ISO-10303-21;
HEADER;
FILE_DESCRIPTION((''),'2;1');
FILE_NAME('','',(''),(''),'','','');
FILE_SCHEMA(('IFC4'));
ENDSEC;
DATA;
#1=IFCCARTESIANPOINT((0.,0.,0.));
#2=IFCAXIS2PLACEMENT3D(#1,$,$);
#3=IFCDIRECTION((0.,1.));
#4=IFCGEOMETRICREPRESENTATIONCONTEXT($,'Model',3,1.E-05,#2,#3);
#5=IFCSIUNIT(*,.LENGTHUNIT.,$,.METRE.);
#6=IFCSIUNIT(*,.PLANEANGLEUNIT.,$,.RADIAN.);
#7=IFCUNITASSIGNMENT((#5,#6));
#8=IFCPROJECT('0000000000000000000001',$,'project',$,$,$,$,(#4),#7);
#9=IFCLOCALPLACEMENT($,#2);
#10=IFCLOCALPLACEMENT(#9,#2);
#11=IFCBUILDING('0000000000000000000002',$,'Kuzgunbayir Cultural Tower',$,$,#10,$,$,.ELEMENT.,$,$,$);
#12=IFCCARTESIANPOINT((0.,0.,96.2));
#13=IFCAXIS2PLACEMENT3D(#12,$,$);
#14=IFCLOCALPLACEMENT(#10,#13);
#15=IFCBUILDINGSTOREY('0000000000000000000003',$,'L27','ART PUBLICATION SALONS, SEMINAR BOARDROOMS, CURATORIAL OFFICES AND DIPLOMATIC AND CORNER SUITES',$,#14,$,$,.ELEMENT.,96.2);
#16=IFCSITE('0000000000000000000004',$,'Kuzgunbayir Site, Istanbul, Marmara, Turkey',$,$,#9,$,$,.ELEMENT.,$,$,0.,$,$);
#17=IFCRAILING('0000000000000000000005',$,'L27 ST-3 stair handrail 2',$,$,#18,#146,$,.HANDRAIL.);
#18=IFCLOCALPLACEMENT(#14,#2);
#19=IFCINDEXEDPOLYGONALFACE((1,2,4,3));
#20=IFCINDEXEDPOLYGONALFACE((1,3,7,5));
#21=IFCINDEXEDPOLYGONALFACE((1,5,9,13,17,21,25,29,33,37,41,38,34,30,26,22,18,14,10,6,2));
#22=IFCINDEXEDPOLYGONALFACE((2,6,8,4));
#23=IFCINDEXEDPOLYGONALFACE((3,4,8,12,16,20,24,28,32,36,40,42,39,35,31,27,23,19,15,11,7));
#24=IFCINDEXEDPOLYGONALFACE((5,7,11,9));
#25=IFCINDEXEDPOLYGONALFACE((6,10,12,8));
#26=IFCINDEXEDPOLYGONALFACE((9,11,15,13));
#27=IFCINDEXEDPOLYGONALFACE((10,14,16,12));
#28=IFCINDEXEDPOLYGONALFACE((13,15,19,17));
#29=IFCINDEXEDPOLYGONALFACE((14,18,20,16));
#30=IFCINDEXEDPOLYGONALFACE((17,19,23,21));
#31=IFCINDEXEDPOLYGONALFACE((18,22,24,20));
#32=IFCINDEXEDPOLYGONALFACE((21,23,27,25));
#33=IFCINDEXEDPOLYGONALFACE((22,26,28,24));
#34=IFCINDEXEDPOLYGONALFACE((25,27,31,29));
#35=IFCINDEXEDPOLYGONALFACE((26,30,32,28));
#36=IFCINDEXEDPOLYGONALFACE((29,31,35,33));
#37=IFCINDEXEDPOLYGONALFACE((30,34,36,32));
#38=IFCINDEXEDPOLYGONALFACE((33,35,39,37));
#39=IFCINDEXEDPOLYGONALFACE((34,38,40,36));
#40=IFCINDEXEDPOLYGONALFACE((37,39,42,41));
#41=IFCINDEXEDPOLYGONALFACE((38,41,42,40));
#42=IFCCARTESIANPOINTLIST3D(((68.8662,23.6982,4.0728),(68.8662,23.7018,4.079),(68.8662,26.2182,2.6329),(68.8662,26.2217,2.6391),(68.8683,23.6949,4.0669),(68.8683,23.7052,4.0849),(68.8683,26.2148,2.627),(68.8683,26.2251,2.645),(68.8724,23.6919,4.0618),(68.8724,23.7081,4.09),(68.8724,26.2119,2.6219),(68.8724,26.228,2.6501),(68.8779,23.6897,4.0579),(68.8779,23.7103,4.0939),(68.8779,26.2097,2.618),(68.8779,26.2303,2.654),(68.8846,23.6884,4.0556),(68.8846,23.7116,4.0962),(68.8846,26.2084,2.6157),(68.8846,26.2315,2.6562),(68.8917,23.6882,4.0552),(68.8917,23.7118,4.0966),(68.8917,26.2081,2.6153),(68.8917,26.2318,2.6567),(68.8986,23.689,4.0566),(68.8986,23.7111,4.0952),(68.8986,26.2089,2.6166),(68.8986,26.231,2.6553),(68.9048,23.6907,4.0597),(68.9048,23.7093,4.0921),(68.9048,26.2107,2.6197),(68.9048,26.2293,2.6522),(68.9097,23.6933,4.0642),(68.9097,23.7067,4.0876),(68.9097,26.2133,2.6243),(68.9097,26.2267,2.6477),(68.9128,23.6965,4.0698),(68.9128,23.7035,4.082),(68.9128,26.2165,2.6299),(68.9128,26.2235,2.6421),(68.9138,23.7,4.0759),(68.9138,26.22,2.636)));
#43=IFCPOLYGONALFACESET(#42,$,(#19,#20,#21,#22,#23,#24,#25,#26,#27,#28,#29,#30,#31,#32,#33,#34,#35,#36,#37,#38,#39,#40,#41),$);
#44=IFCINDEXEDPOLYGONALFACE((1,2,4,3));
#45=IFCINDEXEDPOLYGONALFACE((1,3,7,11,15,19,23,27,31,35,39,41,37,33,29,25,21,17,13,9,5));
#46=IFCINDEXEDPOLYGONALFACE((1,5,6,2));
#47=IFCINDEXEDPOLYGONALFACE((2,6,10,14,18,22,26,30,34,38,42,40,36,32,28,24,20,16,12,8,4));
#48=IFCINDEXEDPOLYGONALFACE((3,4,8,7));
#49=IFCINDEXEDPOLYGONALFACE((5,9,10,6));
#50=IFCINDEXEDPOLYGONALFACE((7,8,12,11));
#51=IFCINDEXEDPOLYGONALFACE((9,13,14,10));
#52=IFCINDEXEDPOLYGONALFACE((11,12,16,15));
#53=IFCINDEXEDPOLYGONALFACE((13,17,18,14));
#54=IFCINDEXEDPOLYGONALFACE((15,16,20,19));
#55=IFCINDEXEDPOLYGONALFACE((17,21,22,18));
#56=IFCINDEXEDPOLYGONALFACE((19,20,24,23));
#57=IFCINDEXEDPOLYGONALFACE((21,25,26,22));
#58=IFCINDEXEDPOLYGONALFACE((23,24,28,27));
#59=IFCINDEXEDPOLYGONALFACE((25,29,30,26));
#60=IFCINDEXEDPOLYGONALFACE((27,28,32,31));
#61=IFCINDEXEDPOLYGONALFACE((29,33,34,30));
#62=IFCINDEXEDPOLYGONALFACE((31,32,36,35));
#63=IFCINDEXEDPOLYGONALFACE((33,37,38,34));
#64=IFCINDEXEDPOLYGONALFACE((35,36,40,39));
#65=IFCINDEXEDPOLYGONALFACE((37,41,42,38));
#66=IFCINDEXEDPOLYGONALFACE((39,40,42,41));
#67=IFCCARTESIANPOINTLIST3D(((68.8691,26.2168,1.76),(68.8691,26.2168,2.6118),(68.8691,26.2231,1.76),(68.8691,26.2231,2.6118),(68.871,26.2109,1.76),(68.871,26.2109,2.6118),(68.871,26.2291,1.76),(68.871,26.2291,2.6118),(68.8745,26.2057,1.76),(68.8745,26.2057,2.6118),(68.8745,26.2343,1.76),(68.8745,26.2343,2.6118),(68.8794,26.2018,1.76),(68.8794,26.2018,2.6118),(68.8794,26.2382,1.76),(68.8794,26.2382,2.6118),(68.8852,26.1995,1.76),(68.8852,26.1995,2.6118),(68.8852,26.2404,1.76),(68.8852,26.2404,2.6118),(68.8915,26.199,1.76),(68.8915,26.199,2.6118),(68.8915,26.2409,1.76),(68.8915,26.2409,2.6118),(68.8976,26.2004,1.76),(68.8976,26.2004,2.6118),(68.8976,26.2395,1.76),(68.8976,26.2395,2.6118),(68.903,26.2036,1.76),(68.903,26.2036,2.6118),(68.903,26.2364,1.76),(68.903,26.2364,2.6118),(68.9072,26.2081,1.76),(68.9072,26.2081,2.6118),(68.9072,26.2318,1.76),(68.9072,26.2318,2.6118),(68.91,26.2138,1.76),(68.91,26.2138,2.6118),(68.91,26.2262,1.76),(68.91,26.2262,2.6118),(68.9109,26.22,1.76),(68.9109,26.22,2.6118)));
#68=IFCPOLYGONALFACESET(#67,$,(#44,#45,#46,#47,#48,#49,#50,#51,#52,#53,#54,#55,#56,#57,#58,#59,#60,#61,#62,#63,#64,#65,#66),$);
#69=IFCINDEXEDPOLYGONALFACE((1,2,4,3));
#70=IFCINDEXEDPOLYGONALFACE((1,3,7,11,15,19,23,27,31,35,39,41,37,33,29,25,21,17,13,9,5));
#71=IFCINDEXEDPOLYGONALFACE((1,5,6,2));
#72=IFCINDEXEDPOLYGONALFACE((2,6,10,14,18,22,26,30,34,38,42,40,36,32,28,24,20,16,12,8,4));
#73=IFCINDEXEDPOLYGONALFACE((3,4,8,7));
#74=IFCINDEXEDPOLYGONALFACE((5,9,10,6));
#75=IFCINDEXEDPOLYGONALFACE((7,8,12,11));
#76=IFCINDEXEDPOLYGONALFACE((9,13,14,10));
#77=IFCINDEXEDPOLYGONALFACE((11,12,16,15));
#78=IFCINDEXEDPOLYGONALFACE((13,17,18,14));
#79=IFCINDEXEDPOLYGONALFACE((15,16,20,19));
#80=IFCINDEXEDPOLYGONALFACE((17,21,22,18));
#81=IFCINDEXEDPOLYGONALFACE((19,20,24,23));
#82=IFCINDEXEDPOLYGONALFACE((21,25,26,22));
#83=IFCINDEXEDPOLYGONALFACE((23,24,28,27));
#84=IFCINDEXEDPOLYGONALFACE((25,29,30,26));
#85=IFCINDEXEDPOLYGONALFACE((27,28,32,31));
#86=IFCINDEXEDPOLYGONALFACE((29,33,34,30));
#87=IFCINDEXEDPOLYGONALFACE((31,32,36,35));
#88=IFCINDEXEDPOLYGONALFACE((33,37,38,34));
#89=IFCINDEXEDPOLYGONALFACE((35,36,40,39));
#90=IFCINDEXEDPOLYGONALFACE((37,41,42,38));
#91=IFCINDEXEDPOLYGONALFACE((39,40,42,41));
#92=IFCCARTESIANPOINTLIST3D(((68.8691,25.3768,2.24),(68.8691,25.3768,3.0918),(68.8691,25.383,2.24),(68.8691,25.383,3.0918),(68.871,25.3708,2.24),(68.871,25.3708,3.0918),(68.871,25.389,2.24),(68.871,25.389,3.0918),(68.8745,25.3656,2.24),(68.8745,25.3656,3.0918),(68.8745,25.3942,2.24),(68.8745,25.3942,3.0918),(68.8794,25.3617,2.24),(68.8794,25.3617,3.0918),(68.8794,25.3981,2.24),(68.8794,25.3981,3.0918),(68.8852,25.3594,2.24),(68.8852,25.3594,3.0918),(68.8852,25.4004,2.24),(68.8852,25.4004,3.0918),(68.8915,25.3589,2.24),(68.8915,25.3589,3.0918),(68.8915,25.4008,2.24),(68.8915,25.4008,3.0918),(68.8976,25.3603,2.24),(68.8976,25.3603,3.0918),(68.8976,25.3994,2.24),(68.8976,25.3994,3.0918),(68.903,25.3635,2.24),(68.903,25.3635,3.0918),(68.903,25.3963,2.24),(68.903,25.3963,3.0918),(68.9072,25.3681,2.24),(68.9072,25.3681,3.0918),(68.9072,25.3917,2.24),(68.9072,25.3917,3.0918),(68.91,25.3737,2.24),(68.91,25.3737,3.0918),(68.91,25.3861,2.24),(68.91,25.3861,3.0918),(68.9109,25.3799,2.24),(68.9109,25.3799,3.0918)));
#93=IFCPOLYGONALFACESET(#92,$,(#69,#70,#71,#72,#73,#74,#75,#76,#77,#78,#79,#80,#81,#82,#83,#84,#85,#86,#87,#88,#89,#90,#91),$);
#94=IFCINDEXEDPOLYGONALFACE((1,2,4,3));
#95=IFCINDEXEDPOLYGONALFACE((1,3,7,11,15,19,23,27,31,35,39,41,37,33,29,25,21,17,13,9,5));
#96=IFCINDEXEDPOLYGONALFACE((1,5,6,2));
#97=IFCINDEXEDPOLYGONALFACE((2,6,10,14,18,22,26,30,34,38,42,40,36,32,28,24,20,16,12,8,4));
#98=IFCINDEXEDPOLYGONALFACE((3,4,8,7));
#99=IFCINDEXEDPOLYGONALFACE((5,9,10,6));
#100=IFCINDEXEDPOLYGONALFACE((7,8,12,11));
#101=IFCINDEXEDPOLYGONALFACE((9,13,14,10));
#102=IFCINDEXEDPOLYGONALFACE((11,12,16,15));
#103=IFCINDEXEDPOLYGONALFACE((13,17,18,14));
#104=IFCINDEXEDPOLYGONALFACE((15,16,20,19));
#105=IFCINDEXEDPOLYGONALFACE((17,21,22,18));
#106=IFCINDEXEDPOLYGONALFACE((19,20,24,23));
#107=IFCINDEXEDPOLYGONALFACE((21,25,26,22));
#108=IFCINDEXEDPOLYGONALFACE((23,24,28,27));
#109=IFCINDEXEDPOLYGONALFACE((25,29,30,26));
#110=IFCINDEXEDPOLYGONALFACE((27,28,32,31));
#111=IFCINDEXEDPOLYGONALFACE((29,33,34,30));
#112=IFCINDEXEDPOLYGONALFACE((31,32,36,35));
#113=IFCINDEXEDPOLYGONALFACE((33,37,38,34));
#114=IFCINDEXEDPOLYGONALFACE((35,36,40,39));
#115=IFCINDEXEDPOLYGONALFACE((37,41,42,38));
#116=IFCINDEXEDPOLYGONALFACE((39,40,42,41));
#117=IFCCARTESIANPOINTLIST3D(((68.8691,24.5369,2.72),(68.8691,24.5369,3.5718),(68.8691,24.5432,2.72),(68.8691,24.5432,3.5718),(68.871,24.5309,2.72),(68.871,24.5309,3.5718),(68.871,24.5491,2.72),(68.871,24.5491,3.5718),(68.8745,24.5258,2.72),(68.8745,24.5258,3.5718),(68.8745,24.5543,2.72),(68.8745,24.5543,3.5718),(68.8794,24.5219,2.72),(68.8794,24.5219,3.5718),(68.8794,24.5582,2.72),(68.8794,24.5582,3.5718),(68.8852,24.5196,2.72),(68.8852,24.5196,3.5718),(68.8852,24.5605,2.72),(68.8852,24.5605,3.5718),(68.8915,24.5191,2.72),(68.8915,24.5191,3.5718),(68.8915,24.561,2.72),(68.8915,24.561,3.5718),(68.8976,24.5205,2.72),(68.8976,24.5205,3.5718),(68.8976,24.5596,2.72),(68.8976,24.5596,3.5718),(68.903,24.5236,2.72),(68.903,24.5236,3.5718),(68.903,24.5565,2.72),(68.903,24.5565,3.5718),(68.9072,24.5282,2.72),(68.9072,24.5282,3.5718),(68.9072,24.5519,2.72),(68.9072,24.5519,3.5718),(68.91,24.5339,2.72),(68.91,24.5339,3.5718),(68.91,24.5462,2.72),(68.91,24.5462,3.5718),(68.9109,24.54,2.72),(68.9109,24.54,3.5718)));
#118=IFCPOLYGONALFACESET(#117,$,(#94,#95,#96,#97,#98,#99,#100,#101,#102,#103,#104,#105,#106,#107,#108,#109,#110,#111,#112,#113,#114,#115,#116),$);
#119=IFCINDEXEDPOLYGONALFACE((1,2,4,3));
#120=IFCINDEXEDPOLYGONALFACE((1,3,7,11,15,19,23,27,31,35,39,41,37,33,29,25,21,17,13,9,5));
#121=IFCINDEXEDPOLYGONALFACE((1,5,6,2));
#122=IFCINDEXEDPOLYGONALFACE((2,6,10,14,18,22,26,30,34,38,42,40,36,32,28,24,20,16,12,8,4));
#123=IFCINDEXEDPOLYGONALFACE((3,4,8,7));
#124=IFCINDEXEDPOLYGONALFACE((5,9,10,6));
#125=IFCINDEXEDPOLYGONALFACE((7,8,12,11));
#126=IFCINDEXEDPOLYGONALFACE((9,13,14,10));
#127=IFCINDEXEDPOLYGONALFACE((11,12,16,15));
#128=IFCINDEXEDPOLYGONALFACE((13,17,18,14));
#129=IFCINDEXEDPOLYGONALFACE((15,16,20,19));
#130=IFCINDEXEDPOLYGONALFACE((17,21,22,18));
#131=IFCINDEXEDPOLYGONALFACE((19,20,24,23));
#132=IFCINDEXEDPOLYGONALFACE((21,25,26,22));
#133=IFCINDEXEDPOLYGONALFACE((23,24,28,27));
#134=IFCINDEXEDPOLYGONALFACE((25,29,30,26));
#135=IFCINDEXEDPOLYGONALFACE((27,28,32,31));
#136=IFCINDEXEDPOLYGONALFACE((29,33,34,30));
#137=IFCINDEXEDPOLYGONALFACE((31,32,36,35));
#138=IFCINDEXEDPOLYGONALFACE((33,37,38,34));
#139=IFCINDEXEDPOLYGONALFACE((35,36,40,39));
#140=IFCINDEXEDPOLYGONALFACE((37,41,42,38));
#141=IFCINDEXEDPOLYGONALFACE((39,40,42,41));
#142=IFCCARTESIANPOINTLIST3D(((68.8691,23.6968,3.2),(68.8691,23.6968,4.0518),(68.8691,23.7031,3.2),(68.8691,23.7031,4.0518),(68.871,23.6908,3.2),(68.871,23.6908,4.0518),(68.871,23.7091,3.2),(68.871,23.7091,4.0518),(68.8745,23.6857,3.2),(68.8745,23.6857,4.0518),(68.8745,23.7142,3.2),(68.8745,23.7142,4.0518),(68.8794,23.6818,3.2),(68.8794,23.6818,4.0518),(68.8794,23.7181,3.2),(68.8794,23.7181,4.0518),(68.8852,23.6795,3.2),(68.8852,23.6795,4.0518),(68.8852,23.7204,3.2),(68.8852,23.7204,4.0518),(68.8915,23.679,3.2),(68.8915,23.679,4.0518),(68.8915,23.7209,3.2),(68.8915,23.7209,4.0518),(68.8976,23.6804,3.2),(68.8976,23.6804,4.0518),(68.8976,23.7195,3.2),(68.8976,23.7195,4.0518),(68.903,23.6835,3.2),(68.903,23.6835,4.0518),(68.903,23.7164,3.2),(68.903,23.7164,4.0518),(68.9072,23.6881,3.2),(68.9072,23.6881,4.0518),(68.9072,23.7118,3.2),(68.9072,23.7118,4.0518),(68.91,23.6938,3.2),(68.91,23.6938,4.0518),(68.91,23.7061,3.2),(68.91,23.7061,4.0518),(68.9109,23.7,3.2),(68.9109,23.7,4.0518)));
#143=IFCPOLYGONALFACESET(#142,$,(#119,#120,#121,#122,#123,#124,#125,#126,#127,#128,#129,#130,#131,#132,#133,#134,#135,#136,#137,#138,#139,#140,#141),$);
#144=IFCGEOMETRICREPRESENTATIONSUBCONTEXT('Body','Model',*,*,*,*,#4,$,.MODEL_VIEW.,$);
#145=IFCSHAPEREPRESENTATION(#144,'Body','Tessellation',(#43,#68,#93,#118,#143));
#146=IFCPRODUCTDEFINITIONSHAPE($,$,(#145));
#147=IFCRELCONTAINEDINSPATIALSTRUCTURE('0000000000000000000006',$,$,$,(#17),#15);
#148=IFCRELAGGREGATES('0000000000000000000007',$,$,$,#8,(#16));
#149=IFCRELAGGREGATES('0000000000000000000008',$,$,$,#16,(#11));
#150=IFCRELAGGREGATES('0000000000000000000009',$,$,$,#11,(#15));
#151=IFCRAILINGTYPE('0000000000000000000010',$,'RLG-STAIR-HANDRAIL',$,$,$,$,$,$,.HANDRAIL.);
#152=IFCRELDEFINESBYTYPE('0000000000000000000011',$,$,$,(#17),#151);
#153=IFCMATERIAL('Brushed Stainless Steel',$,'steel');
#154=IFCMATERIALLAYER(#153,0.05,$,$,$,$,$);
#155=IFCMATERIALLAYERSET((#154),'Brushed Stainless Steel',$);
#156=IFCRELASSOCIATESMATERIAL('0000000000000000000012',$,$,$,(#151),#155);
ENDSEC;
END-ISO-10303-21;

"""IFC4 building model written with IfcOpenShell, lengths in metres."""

from ifc_helpers import new_model, si_unit, direction, frame, origin, origin_2d, place, context, subcontext, project, spatial, circle, extrude, material, layer, layer_set, type_object, element, save


model = new_model("IFC4")

# Units and contexts
model_context = context("Model", 3, precision=1e-05, world=origin(), true_north=direction((0.0, 1.0)))
body_context = subcontext(model_context, "Body", "Model", "MODEL_VIEW")
ifc_project = project(units=[si_unit("LENGTHUNIT", "METRE"), si_unit("PLANEANGLEUNIT", "RADIAN")], contexts=[model_context])

# Site, building, storey
site_placement = place(None, origin())
site = spatial("IfcSite", under=ifc_project, at=site_placement, Name="Kuzgunbayir Site, Istanbul, Marmara, Turkey", CompositionType="ELEMENT", RefElevation=0.0)
building_placement = place(site_placement, origin())
building = spatial("IfcBuilding", under=site, at=building_placement, Name="Kuzgunbayir Cultural Tower", CompositionType="ELEMENT")
storey_placement = place(building_placement, frame((0.0, 0.0, 96.2)))
storey = spatial("IfcBuildingStorey", under=building, at=storey_placement, Name="L27", Description="ART PUBLICATION SALONS, SEMINAR BOARDROOMS, CURATORIAL OFFICES AND DIPLOMATIC AND CORNER SUITES", CompositionType="ELEMENT", Elevation=96.2)

# Shared definitions
ifc_material_1 = material(Name="Brushed Stainless Steel", Category="steel")

# Railing
ifc_layer_1 = layer(ifc_material_1, 0.05)
ifc_layer_set_1 = layer_set([ifc_layer_1], Name="Brushed Stainless Steel")
railing_type_1 = type_object("IfcRailingType", Name="RLG-STAIR-HANDRAIL", PredefinedType="HANDRAIL", material=ifc_layer_set_1)
railing_1_placement = place(storey_placement, frame((68.8899, 26.22, 1.76)))
element("IfcRailing", 1, at=railing_1_placement, inside=storey, type_object=railing_type_1, Name="L27 ST-3 stair handrail 2", PredefinedType="HANDRAIL", context=body_context, shape_type="SweptSolid", body=[
    extrude(circle(Radius=0.0239, at=origin_2d()), frame((0.0, 0.0, 0.876), z_axis=(0.0, -0.868253, 0.496121), x_axis=(1.0, 0.0, 0.0)), (0.0, 0.0, 1.0), 2.9023),
    extrude(circle(Radius=0.021, at=origin_2d()), origin(), (0.0, 0.0, 1.0), 0.8518),
    extrude(circle(Radius=0.021, at=origin_2d()), frame((0.0, -0.8401, 0.48)), (0.0, 0.0, 1.0), 0.8518),
    extrude(circle(Radius=0.021, at=origin_2d()), frame((0.0, -1.6799, 0.96)), (0.0, 0.0, 1.0), 0.8518),
    extrude(circle(Radius=0.021, at=origin_2d()), frame((0.0, -2.52, 1.4399)), (0.0, 0.0, 1.0), 0.8518),
])

save(model, "model.ifc")
